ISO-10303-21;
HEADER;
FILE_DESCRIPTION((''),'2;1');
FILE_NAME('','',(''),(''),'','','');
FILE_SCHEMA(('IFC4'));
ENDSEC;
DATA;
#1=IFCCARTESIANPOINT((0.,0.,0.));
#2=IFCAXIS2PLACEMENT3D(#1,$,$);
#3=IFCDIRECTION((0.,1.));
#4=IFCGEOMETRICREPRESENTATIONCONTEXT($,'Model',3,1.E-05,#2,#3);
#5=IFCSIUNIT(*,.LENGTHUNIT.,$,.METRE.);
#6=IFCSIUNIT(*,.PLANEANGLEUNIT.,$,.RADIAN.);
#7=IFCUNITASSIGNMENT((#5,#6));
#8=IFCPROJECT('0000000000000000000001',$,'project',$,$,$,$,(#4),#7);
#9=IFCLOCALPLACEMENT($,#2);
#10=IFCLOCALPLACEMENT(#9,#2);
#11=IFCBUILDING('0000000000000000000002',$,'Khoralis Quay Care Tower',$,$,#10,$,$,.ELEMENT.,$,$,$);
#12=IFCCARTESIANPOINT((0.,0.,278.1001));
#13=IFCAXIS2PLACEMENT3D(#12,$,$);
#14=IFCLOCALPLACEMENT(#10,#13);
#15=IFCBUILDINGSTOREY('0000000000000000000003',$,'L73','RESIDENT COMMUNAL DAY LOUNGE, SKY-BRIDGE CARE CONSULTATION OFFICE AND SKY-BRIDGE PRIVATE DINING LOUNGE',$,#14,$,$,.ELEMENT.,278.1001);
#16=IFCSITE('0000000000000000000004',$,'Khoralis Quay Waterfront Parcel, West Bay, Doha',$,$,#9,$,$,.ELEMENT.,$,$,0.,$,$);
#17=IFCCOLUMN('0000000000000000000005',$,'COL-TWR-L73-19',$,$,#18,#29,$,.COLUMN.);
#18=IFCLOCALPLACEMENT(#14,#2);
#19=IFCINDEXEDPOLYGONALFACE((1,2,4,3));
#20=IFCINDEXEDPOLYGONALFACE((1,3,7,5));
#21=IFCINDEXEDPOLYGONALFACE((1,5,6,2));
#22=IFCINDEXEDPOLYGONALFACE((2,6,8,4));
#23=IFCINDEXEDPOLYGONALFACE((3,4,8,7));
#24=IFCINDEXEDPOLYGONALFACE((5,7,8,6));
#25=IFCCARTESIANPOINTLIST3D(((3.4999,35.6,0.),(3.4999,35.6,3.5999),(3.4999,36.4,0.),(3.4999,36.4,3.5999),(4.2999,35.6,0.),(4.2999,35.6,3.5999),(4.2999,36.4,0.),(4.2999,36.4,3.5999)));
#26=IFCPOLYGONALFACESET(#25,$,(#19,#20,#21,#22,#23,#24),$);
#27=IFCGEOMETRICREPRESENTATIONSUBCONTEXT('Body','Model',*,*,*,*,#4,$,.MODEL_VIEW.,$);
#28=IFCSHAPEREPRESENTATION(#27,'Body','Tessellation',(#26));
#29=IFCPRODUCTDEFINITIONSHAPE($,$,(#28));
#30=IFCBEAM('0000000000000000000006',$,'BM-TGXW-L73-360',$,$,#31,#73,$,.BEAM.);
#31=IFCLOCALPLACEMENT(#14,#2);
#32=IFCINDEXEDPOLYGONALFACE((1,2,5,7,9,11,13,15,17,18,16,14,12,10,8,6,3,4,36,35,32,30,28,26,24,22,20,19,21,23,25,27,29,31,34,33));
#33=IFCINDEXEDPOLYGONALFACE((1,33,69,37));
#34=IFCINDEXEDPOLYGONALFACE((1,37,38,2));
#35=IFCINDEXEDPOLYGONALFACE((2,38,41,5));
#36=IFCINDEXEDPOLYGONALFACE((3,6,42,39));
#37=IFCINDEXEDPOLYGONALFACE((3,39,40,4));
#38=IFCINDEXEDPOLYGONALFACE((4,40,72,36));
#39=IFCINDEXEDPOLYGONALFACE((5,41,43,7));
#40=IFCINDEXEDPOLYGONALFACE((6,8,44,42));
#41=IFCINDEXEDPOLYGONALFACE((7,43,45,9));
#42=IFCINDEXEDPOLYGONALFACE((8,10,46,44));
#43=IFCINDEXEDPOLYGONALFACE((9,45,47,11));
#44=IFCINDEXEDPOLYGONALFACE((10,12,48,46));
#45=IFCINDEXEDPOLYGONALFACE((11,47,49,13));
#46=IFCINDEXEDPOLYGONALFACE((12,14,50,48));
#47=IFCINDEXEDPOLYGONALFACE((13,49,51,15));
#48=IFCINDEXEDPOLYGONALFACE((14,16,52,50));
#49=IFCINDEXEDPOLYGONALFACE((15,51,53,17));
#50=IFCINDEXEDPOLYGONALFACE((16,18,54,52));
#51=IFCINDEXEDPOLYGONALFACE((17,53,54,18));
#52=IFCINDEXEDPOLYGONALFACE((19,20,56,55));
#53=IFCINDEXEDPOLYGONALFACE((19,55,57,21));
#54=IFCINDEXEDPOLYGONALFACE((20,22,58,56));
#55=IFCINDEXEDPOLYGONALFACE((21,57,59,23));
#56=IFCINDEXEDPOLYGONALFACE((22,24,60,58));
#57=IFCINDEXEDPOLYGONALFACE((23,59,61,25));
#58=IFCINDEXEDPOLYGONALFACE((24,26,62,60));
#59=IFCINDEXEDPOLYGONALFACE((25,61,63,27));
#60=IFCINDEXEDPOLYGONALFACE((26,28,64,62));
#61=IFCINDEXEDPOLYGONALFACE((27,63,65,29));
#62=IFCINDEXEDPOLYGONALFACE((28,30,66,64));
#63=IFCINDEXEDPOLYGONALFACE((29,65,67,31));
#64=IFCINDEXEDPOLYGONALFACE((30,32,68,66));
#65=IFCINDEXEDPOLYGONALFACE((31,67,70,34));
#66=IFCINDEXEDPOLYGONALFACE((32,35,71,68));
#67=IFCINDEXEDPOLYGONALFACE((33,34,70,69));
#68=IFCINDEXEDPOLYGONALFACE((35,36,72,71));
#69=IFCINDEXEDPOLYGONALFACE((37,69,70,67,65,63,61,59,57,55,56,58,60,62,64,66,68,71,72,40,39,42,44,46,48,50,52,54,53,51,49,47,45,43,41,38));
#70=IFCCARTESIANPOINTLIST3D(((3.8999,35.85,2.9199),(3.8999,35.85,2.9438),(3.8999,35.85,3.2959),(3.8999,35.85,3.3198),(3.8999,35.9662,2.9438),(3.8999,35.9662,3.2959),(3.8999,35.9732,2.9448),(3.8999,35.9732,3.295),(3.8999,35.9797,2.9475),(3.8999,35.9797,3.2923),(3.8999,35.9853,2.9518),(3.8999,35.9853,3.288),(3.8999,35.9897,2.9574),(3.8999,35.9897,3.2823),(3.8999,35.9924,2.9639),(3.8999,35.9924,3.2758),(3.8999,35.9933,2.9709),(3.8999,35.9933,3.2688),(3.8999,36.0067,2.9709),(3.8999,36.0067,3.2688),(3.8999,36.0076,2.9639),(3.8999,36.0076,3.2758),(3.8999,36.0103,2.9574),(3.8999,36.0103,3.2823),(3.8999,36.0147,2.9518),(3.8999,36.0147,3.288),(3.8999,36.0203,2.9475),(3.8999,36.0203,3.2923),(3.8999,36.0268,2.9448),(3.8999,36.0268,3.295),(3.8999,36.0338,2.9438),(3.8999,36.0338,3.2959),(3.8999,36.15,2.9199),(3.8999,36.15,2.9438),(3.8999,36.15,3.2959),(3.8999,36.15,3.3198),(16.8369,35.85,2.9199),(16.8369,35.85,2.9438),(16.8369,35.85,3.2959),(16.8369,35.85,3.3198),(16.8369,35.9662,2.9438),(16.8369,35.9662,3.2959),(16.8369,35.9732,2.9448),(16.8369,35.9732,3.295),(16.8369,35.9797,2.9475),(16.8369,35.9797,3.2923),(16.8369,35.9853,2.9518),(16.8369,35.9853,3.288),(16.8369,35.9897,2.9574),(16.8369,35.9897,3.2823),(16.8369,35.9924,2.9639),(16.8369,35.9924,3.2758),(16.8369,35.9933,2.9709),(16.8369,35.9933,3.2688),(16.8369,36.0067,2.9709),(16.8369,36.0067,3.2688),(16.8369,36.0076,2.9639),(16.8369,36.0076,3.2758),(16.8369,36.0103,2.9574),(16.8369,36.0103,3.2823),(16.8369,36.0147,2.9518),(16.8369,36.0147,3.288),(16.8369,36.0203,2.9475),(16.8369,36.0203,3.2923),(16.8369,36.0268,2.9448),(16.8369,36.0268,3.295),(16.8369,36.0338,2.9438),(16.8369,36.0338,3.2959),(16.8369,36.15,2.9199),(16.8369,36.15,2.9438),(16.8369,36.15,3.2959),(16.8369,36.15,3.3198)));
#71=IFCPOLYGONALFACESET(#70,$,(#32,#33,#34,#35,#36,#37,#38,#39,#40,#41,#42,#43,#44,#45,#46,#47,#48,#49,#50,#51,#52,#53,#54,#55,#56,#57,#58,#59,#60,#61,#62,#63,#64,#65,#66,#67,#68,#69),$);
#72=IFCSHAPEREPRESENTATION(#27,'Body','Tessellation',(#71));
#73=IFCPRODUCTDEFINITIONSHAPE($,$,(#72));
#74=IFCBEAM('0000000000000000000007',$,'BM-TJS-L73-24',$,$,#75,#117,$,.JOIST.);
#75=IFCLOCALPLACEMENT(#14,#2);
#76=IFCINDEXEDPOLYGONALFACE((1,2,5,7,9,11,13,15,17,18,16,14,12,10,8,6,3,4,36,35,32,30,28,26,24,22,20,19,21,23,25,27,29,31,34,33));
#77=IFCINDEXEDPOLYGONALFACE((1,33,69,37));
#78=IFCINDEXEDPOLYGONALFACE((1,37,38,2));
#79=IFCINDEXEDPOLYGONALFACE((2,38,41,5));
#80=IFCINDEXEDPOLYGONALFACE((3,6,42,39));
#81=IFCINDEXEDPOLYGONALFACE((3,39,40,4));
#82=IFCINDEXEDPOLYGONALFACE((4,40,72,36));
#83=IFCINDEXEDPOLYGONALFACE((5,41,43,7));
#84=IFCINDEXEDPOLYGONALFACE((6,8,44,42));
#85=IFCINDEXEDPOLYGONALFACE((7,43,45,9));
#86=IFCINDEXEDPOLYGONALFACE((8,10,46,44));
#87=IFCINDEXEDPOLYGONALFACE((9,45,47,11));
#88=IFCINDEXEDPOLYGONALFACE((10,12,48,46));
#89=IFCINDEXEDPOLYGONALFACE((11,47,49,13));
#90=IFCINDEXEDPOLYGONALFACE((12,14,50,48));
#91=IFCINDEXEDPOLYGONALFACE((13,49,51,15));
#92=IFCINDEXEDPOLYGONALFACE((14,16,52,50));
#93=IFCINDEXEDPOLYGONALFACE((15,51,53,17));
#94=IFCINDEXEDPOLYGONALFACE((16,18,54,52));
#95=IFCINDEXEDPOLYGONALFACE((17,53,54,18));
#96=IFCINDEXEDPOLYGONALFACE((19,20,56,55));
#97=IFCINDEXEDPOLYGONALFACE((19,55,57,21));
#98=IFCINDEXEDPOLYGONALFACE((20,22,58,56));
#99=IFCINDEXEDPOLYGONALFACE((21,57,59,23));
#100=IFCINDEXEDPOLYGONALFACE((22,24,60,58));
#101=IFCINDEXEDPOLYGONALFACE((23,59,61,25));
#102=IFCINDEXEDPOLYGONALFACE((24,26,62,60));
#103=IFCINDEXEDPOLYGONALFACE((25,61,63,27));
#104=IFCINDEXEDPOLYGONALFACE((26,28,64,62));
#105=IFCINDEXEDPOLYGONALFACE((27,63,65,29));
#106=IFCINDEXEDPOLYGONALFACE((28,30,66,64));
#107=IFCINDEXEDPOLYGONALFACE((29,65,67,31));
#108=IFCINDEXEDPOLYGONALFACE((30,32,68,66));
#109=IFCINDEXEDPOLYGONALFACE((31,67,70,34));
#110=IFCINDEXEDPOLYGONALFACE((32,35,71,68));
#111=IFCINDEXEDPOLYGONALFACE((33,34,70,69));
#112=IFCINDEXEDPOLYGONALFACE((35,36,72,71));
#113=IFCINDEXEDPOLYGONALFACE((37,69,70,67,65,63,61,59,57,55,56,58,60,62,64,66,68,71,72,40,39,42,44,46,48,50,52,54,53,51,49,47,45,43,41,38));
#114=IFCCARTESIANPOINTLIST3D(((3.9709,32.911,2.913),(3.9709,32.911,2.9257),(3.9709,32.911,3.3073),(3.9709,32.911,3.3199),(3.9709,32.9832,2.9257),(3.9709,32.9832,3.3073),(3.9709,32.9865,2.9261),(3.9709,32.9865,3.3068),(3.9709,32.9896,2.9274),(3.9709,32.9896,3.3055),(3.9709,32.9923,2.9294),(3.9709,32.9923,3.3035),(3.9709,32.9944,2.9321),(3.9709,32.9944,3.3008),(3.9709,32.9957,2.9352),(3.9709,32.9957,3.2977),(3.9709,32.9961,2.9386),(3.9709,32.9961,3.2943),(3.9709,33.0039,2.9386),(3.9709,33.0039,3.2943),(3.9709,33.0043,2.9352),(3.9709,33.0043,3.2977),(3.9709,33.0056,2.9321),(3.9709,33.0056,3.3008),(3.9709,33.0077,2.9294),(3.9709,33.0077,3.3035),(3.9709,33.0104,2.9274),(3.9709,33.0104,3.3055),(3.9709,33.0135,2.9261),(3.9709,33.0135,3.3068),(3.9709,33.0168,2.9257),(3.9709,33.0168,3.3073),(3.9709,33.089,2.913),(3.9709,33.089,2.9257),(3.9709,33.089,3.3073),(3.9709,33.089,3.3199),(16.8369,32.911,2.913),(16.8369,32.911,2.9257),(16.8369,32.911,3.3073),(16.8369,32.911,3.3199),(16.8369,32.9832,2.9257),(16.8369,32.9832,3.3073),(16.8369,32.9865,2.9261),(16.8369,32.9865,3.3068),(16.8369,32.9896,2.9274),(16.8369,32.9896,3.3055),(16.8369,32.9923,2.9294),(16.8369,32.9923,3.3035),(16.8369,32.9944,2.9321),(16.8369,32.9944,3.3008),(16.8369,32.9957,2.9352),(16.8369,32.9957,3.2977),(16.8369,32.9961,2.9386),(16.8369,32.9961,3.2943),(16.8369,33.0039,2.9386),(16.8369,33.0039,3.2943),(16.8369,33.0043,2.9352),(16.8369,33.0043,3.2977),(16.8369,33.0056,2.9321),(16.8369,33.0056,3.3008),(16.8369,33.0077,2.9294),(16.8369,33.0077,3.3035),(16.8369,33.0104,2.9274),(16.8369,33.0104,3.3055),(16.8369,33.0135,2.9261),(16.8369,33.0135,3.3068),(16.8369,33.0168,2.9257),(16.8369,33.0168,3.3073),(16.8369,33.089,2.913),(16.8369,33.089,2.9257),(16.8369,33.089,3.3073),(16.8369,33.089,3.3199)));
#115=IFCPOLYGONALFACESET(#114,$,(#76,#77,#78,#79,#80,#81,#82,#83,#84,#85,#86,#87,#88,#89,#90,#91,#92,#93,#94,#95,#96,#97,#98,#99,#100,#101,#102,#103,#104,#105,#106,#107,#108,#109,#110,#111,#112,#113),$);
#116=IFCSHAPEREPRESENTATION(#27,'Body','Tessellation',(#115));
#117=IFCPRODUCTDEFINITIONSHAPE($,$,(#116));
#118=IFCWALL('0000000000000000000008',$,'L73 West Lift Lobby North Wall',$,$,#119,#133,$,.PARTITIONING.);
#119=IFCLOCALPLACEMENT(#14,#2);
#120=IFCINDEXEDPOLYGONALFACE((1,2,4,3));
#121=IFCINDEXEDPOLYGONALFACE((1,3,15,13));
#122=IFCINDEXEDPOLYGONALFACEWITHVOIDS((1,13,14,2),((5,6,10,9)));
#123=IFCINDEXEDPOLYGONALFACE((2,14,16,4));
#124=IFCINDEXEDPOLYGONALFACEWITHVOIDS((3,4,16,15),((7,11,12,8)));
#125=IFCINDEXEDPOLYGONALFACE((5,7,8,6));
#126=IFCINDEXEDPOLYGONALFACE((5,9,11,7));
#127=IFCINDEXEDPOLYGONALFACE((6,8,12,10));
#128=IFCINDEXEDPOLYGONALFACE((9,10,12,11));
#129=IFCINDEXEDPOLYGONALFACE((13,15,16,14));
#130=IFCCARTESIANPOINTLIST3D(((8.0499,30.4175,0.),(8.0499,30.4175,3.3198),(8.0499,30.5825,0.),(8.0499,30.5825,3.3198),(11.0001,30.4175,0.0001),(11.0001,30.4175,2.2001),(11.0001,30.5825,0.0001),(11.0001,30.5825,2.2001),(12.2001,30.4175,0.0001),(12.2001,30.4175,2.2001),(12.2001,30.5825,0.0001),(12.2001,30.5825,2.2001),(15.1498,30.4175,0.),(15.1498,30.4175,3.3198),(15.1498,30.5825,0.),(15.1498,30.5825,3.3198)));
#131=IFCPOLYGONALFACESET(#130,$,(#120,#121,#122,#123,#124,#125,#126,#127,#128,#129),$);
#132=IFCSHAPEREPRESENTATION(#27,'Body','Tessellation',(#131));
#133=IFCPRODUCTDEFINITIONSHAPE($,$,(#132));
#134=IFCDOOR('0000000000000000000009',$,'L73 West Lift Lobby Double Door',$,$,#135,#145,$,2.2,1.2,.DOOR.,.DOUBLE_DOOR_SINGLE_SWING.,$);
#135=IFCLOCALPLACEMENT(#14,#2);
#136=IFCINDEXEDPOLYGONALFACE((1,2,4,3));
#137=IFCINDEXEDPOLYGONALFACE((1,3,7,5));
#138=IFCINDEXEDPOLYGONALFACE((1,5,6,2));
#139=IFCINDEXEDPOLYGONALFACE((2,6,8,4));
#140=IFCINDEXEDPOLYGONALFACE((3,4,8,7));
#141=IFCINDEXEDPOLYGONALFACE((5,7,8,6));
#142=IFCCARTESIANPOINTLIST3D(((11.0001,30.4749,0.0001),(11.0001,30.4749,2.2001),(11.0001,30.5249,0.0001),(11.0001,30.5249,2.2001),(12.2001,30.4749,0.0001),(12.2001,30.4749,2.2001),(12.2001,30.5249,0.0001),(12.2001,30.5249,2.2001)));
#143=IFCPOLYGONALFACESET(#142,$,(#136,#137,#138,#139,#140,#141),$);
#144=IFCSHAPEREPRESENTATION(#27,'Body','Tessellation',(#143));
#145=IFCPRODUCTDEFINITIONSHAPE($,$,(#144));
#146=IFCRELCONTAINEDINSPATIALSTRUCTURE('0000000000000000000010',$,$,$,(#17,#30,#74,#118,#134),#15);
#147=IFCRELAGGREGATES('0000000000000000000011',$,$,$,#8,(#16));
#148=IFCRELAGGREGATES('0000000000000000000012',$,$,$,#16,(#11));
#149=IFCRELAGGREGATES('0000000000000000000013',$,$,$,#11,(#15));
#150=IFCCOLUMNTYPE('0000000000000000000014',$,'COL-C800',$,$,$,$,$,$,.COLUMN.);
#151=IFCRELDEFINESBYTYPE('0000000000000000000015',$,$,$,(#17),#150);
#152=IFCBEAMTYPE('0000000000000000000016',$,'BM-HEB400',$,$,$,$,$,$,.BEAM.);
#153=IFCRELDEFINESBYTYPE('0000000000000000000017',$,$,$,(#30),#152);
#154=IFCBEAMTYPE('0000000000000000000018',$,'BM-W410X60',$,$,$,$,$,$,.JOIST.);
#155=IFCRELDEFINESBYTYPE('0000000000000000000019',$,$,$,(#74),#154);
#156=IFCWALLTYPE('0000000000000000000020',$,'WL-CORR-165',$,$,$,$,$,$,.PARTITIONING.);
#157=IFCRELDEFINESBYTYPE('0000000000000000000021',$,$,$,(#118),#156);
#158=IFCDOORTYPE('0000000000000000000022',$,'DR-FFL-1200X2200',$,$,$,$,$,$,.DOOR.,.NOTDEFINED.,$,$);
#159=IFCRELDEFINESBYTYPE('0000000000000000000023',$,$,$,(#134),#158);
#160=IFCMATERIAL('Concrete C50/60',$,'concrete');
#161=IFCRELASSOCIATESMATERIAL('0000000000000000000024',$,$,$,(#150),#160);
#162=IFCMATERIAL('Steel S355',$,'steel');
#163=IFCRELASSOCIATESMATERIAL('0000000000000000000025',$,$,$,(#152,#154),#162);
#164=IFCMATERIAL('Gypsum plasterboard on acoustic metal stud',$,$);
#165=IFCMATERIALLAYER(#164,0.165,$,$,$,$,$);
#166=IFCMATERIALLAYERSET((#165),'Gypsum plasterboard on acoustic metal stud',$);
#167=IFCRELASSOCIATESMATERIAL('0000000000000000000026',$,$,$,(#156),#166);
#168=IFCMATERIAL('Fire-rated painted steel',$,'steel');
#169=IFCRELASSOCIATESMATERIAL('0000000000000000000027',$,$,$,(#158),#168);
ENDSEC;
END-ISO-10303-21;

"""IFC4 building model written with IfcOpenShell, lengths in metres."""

from ifc_helpers import new_model, si_unit, direction, frame, frame_2d, origin, origin_2d, place, context, subcontext, project, spatial, rectangle, i_section, extrude, source, transform, mapped, material, layer, layer_set, material_profile, profile_set, type_object, element, fill, save


model = new_model("IFC4")

# Units and contexts
model_context = context("Model", 3, precision=1e-05, world=origin(), true_north=direction((0.0, 1.0)))
body_context = subcontext(model_context, "Body", "Model", "MODEL_VIEW")
ifc_project = project(units=[si_unit("LENGTHUNIT", "METRE"), si_unit("PLANEANGLEUNIT", "RADIAN")], contexts=[model_context])

# Site, building, storey
site_placement = place(None, origin())
site = spatial("IfcSite", under=ifc_project, at=site_placement, Name="Khoralis Quay Waterfront Parcel, West Bay, Doha", CompositionType="ELEMENT", RefElevation=0.0)
building_placement = place(site_placement, origin())
building = spatial("IfcBuilding", under=site, at=building_placement, Name="Khoralis Quay Care Tower", CompositionType="ELEMENT")
storey_placement = place(building_placement, frame((0.0, 0.0, 278.1001)))
storey = spatial("IfcBuildingStorey", under=building, at=storey_placement, Name="L73", Description="RESIDENT COMMUNAL DAY LOUNGE, SKY-BRIDGE CARE CONSULTATION OFFICE AND SKY-BRIDGE PRIVATE DINING LOUNGE", CompositionType="ELEMENT", Elevation=278.1001)

# Column
ifc_material_1 = material(Name="Concrete C50/60", Category="concrete")
ifc_material_profile_1 = material_profile(ifc_material_1, rectangle(XDim=0.8, YDim=0.8, at=origin_2d()), Name="Concrete C50/60")
ifc_profile_set_1 = profile_set([ifc_material_profile_1], Name="Concrete C50/60")
column_type = type_object("IfcColumnType", Name="COL-C800", PredefinedType="COLUMN", material=ifc_profile_set_1)
shared_shape_1 = source(origin(), body_context, "Body", "SweptSolid", [
    extrude(rectangle(XDim=0.8, YDim=0.8, at=origin_2d()), origin(), (0.0, 0.0, 1.0), 3.5999),
])
column_placement = place(storey_placement, frame((3.8999, 36.0, 0.0), z_axis=(0.0, 0.0, 1.0), x_axis=(1.0, 0.0, 0.0)))
element("IfcColumn", 1, at=column_placement, inside=storey, type_object=column_type, Name="COL-TWR-L73-19", PredefinedType="COLUMN", context=body_context, shape_type="MappedRepresentation", body=[
    mapped(shared_shape_1, transform((0.0, 0.0, 0.0), scale=1.0)),
])

# Beams
ifc_material_2 = material(Name="Steel S355", Category="steel")
ifc_material_profile_2 = material_profile(ifc_material_2, i_section(OverallWidth=0.3, OverallDepth=0.3999, WebThickness=0.0134, FlangeThickness=0.0239, FilletRadius=0.0271, at=origin_2d()), Name="Steel S355")
ifc_profile_set_2 = profile_set([ifc_material_profile_2], Name="Steel S355")
beam_type_1 = type_object("IfcBeamType", Name="BM-HEB400", PredefinedType="BEAM", material=ifc_profile_set_2)
shared_shape_2 = source(origin(), body_context, "Body", "SweptSolid", [
    extrude(i_section(OverallWidth=0.3, OverallDepth=0.3999, WebThickness=0.0134, FlangeThickness=0.0239, FilletRadius=0.0271, at=origin_2d()), origin(), (0.0, 0.0, 1.0), 12.937),
])
beam_1_placement = place(storey_placement, frame((3.8999, 36.0, 3.1199), z_axis=(1.0, 0.0, 0.0), x_axis=(0.0, 1.0, 0.0)))
element("IfcBeam", 2, at=beam_1_placement, inside=storey, type_object=beam_type_1, Name="BM-TGXW-L73-360", PredefinedType="BEAM", context=body_context, shape_type="MappedRepresentation", body=[
    mapped(shared_shape_2, transform((0.0, 0.0, 0.0), scale=1.0)),
])
ifc_material_profile_3 = material_profile(ifc_material_2, i_section(OverallWidth=0.178, OverallDepth=0.407, WebThickness=0.0078, FlangeThickness=0.0127, FilletRadius=0.0129, at=origin_2d()), Name="Steel S355")
ifc_profile_set_3 = profile_set([ifc_material_profile_3], Name="Steel S355")
beam_type_2 = type_object("IfcBeamType", Name="BM-W410X60", PredefinedType="JOIST", material=ifc_profile_set_3)
shared_shape_3 = source(origin(), body_context, "Body", "SweptSolid", [
    extrude(i_section(OverallWidth=0.178, OverallDepth=0.407, WebThickness=0.0078, FlangeThickness=0.0127, FilletRadius=0.0129, at=origin_2d()), origin(), (0.0, 0.0, 1.0), 12.866),
])
beam_2_placement = place(storey_placement, frame((3.9709, 33.0, 3.1165), z_axis=(1.0, 0.0, 0.0), x_axis=(0.0, 1.0, 0.0)))
element("IfcBeam", 3, at=beam_2_placement, inside=storey, type_object=beam_type_2, Name="BM-TJS-L73-24", PredefinedType="JOIST", context=body_context, shape_type="MappedRepresentation", body=[
    mapped(shared_shape_3, transform((0.0, 0.0, 0.0), scale=1.0)),
])

# Wall, opening, door
ifc_material_3 = material(Name="Gypsum plasterboard on acoustic metal stud")
ifc_layer_1 = layer(ifc_material_3, 0.165)
ifc_layer_set_1 = layer_set([ifc_layer_1], Name="Gypsum plasterboard on acoustic metal stud")
wall_type_1 = type_object("IfcWallType", Name="WL-CORR-165", PredefinedType="PARTITIONING", material=ifc_layer_set_1)
wall_1_placement = place(storey_placement, frame((8.05, 30.5, 0.0), z_axis=(0.0, 0.0, 1.0), x_axis=(1.0, 0.0, 0.0)))
wall_1 = element("IfcWall", 4, at=wall_1_placement, inside=storey, type_object=wall_type_1, Name="L73 West Lift Lobby North Wall", PredefinedType="PARTITIONING", context=body_context, shape_type="SweptSolid", body=[
    extrude(rectangle(XDim=7.0999, YDim=0.165, at=frame_2d((3.5498, 0.0))), origin(), (0.0, 0.0, 1.0), 3.3198),
])
opening_1_placement = place(wall_1_placement, frame((2.95, 0.0, 0.0)))
opening_1 = element("IfcOpeningElement", 5, at=opening_1_placement, cuts=wall_1, PredefinedType="OPENING", context=body_context, shape_type="SweptSolid", body=[
    extrude(rectangle(XDim=1.2, YDim=2.2, at=frame_2d((0.6001, 1.1001))), frame((0.0, 0.0925, 0.0), z_axis=(0.0, -1.0, 0.0), x_axis=(1.0, 0.0, 0.0)), (0.0, 0.0, 1.0), 0.1851),
])
ifc_material_4 = material(Name="Fire-rated painted steel", Category="steel")
door_type_1 = type_object("IfcDoorType", Name="DR-FFL-1200X2200", OperationType="NOTDEFINED", PredefinedType="DOOR", material=ifc_material_4)
shared_shape_4 = source(origin(), body_context, "Body", "SweptSolid", [
    extrude(rectangle(XDim=1.2, YDim=2.2, at=frame_2d((0.6001, 1.1001))), frame((0.0, 0.0249, 0.0), z_axis=(0.0, -1.0, 0.0), x_axis=(1.0, 0.0, 0.0)), (0.0, 0.0, 1.0), 0.05),
])
door_1_placement = place(opening_1_placement, origin())
door_1 = element("IfcDoor", 6, at=door_1_placement, inside=storey, type_object=door_type_1, Name="L73 West Lift Lobby Double Door", OperationType="DOUBLE_DOOR_SINGLE_SWING", OverallHeight=2.2, OverallWidth=1.2, PredefinedType="DOOR", context=body_context, shape_type="MappedRepresentation", body=[
    mapped(shared_shape_4, transform((0.0, 0.0, 0.0), scale=1.0)),
])
fill(opening_1, door_1)

save(model, "model.ifc")
